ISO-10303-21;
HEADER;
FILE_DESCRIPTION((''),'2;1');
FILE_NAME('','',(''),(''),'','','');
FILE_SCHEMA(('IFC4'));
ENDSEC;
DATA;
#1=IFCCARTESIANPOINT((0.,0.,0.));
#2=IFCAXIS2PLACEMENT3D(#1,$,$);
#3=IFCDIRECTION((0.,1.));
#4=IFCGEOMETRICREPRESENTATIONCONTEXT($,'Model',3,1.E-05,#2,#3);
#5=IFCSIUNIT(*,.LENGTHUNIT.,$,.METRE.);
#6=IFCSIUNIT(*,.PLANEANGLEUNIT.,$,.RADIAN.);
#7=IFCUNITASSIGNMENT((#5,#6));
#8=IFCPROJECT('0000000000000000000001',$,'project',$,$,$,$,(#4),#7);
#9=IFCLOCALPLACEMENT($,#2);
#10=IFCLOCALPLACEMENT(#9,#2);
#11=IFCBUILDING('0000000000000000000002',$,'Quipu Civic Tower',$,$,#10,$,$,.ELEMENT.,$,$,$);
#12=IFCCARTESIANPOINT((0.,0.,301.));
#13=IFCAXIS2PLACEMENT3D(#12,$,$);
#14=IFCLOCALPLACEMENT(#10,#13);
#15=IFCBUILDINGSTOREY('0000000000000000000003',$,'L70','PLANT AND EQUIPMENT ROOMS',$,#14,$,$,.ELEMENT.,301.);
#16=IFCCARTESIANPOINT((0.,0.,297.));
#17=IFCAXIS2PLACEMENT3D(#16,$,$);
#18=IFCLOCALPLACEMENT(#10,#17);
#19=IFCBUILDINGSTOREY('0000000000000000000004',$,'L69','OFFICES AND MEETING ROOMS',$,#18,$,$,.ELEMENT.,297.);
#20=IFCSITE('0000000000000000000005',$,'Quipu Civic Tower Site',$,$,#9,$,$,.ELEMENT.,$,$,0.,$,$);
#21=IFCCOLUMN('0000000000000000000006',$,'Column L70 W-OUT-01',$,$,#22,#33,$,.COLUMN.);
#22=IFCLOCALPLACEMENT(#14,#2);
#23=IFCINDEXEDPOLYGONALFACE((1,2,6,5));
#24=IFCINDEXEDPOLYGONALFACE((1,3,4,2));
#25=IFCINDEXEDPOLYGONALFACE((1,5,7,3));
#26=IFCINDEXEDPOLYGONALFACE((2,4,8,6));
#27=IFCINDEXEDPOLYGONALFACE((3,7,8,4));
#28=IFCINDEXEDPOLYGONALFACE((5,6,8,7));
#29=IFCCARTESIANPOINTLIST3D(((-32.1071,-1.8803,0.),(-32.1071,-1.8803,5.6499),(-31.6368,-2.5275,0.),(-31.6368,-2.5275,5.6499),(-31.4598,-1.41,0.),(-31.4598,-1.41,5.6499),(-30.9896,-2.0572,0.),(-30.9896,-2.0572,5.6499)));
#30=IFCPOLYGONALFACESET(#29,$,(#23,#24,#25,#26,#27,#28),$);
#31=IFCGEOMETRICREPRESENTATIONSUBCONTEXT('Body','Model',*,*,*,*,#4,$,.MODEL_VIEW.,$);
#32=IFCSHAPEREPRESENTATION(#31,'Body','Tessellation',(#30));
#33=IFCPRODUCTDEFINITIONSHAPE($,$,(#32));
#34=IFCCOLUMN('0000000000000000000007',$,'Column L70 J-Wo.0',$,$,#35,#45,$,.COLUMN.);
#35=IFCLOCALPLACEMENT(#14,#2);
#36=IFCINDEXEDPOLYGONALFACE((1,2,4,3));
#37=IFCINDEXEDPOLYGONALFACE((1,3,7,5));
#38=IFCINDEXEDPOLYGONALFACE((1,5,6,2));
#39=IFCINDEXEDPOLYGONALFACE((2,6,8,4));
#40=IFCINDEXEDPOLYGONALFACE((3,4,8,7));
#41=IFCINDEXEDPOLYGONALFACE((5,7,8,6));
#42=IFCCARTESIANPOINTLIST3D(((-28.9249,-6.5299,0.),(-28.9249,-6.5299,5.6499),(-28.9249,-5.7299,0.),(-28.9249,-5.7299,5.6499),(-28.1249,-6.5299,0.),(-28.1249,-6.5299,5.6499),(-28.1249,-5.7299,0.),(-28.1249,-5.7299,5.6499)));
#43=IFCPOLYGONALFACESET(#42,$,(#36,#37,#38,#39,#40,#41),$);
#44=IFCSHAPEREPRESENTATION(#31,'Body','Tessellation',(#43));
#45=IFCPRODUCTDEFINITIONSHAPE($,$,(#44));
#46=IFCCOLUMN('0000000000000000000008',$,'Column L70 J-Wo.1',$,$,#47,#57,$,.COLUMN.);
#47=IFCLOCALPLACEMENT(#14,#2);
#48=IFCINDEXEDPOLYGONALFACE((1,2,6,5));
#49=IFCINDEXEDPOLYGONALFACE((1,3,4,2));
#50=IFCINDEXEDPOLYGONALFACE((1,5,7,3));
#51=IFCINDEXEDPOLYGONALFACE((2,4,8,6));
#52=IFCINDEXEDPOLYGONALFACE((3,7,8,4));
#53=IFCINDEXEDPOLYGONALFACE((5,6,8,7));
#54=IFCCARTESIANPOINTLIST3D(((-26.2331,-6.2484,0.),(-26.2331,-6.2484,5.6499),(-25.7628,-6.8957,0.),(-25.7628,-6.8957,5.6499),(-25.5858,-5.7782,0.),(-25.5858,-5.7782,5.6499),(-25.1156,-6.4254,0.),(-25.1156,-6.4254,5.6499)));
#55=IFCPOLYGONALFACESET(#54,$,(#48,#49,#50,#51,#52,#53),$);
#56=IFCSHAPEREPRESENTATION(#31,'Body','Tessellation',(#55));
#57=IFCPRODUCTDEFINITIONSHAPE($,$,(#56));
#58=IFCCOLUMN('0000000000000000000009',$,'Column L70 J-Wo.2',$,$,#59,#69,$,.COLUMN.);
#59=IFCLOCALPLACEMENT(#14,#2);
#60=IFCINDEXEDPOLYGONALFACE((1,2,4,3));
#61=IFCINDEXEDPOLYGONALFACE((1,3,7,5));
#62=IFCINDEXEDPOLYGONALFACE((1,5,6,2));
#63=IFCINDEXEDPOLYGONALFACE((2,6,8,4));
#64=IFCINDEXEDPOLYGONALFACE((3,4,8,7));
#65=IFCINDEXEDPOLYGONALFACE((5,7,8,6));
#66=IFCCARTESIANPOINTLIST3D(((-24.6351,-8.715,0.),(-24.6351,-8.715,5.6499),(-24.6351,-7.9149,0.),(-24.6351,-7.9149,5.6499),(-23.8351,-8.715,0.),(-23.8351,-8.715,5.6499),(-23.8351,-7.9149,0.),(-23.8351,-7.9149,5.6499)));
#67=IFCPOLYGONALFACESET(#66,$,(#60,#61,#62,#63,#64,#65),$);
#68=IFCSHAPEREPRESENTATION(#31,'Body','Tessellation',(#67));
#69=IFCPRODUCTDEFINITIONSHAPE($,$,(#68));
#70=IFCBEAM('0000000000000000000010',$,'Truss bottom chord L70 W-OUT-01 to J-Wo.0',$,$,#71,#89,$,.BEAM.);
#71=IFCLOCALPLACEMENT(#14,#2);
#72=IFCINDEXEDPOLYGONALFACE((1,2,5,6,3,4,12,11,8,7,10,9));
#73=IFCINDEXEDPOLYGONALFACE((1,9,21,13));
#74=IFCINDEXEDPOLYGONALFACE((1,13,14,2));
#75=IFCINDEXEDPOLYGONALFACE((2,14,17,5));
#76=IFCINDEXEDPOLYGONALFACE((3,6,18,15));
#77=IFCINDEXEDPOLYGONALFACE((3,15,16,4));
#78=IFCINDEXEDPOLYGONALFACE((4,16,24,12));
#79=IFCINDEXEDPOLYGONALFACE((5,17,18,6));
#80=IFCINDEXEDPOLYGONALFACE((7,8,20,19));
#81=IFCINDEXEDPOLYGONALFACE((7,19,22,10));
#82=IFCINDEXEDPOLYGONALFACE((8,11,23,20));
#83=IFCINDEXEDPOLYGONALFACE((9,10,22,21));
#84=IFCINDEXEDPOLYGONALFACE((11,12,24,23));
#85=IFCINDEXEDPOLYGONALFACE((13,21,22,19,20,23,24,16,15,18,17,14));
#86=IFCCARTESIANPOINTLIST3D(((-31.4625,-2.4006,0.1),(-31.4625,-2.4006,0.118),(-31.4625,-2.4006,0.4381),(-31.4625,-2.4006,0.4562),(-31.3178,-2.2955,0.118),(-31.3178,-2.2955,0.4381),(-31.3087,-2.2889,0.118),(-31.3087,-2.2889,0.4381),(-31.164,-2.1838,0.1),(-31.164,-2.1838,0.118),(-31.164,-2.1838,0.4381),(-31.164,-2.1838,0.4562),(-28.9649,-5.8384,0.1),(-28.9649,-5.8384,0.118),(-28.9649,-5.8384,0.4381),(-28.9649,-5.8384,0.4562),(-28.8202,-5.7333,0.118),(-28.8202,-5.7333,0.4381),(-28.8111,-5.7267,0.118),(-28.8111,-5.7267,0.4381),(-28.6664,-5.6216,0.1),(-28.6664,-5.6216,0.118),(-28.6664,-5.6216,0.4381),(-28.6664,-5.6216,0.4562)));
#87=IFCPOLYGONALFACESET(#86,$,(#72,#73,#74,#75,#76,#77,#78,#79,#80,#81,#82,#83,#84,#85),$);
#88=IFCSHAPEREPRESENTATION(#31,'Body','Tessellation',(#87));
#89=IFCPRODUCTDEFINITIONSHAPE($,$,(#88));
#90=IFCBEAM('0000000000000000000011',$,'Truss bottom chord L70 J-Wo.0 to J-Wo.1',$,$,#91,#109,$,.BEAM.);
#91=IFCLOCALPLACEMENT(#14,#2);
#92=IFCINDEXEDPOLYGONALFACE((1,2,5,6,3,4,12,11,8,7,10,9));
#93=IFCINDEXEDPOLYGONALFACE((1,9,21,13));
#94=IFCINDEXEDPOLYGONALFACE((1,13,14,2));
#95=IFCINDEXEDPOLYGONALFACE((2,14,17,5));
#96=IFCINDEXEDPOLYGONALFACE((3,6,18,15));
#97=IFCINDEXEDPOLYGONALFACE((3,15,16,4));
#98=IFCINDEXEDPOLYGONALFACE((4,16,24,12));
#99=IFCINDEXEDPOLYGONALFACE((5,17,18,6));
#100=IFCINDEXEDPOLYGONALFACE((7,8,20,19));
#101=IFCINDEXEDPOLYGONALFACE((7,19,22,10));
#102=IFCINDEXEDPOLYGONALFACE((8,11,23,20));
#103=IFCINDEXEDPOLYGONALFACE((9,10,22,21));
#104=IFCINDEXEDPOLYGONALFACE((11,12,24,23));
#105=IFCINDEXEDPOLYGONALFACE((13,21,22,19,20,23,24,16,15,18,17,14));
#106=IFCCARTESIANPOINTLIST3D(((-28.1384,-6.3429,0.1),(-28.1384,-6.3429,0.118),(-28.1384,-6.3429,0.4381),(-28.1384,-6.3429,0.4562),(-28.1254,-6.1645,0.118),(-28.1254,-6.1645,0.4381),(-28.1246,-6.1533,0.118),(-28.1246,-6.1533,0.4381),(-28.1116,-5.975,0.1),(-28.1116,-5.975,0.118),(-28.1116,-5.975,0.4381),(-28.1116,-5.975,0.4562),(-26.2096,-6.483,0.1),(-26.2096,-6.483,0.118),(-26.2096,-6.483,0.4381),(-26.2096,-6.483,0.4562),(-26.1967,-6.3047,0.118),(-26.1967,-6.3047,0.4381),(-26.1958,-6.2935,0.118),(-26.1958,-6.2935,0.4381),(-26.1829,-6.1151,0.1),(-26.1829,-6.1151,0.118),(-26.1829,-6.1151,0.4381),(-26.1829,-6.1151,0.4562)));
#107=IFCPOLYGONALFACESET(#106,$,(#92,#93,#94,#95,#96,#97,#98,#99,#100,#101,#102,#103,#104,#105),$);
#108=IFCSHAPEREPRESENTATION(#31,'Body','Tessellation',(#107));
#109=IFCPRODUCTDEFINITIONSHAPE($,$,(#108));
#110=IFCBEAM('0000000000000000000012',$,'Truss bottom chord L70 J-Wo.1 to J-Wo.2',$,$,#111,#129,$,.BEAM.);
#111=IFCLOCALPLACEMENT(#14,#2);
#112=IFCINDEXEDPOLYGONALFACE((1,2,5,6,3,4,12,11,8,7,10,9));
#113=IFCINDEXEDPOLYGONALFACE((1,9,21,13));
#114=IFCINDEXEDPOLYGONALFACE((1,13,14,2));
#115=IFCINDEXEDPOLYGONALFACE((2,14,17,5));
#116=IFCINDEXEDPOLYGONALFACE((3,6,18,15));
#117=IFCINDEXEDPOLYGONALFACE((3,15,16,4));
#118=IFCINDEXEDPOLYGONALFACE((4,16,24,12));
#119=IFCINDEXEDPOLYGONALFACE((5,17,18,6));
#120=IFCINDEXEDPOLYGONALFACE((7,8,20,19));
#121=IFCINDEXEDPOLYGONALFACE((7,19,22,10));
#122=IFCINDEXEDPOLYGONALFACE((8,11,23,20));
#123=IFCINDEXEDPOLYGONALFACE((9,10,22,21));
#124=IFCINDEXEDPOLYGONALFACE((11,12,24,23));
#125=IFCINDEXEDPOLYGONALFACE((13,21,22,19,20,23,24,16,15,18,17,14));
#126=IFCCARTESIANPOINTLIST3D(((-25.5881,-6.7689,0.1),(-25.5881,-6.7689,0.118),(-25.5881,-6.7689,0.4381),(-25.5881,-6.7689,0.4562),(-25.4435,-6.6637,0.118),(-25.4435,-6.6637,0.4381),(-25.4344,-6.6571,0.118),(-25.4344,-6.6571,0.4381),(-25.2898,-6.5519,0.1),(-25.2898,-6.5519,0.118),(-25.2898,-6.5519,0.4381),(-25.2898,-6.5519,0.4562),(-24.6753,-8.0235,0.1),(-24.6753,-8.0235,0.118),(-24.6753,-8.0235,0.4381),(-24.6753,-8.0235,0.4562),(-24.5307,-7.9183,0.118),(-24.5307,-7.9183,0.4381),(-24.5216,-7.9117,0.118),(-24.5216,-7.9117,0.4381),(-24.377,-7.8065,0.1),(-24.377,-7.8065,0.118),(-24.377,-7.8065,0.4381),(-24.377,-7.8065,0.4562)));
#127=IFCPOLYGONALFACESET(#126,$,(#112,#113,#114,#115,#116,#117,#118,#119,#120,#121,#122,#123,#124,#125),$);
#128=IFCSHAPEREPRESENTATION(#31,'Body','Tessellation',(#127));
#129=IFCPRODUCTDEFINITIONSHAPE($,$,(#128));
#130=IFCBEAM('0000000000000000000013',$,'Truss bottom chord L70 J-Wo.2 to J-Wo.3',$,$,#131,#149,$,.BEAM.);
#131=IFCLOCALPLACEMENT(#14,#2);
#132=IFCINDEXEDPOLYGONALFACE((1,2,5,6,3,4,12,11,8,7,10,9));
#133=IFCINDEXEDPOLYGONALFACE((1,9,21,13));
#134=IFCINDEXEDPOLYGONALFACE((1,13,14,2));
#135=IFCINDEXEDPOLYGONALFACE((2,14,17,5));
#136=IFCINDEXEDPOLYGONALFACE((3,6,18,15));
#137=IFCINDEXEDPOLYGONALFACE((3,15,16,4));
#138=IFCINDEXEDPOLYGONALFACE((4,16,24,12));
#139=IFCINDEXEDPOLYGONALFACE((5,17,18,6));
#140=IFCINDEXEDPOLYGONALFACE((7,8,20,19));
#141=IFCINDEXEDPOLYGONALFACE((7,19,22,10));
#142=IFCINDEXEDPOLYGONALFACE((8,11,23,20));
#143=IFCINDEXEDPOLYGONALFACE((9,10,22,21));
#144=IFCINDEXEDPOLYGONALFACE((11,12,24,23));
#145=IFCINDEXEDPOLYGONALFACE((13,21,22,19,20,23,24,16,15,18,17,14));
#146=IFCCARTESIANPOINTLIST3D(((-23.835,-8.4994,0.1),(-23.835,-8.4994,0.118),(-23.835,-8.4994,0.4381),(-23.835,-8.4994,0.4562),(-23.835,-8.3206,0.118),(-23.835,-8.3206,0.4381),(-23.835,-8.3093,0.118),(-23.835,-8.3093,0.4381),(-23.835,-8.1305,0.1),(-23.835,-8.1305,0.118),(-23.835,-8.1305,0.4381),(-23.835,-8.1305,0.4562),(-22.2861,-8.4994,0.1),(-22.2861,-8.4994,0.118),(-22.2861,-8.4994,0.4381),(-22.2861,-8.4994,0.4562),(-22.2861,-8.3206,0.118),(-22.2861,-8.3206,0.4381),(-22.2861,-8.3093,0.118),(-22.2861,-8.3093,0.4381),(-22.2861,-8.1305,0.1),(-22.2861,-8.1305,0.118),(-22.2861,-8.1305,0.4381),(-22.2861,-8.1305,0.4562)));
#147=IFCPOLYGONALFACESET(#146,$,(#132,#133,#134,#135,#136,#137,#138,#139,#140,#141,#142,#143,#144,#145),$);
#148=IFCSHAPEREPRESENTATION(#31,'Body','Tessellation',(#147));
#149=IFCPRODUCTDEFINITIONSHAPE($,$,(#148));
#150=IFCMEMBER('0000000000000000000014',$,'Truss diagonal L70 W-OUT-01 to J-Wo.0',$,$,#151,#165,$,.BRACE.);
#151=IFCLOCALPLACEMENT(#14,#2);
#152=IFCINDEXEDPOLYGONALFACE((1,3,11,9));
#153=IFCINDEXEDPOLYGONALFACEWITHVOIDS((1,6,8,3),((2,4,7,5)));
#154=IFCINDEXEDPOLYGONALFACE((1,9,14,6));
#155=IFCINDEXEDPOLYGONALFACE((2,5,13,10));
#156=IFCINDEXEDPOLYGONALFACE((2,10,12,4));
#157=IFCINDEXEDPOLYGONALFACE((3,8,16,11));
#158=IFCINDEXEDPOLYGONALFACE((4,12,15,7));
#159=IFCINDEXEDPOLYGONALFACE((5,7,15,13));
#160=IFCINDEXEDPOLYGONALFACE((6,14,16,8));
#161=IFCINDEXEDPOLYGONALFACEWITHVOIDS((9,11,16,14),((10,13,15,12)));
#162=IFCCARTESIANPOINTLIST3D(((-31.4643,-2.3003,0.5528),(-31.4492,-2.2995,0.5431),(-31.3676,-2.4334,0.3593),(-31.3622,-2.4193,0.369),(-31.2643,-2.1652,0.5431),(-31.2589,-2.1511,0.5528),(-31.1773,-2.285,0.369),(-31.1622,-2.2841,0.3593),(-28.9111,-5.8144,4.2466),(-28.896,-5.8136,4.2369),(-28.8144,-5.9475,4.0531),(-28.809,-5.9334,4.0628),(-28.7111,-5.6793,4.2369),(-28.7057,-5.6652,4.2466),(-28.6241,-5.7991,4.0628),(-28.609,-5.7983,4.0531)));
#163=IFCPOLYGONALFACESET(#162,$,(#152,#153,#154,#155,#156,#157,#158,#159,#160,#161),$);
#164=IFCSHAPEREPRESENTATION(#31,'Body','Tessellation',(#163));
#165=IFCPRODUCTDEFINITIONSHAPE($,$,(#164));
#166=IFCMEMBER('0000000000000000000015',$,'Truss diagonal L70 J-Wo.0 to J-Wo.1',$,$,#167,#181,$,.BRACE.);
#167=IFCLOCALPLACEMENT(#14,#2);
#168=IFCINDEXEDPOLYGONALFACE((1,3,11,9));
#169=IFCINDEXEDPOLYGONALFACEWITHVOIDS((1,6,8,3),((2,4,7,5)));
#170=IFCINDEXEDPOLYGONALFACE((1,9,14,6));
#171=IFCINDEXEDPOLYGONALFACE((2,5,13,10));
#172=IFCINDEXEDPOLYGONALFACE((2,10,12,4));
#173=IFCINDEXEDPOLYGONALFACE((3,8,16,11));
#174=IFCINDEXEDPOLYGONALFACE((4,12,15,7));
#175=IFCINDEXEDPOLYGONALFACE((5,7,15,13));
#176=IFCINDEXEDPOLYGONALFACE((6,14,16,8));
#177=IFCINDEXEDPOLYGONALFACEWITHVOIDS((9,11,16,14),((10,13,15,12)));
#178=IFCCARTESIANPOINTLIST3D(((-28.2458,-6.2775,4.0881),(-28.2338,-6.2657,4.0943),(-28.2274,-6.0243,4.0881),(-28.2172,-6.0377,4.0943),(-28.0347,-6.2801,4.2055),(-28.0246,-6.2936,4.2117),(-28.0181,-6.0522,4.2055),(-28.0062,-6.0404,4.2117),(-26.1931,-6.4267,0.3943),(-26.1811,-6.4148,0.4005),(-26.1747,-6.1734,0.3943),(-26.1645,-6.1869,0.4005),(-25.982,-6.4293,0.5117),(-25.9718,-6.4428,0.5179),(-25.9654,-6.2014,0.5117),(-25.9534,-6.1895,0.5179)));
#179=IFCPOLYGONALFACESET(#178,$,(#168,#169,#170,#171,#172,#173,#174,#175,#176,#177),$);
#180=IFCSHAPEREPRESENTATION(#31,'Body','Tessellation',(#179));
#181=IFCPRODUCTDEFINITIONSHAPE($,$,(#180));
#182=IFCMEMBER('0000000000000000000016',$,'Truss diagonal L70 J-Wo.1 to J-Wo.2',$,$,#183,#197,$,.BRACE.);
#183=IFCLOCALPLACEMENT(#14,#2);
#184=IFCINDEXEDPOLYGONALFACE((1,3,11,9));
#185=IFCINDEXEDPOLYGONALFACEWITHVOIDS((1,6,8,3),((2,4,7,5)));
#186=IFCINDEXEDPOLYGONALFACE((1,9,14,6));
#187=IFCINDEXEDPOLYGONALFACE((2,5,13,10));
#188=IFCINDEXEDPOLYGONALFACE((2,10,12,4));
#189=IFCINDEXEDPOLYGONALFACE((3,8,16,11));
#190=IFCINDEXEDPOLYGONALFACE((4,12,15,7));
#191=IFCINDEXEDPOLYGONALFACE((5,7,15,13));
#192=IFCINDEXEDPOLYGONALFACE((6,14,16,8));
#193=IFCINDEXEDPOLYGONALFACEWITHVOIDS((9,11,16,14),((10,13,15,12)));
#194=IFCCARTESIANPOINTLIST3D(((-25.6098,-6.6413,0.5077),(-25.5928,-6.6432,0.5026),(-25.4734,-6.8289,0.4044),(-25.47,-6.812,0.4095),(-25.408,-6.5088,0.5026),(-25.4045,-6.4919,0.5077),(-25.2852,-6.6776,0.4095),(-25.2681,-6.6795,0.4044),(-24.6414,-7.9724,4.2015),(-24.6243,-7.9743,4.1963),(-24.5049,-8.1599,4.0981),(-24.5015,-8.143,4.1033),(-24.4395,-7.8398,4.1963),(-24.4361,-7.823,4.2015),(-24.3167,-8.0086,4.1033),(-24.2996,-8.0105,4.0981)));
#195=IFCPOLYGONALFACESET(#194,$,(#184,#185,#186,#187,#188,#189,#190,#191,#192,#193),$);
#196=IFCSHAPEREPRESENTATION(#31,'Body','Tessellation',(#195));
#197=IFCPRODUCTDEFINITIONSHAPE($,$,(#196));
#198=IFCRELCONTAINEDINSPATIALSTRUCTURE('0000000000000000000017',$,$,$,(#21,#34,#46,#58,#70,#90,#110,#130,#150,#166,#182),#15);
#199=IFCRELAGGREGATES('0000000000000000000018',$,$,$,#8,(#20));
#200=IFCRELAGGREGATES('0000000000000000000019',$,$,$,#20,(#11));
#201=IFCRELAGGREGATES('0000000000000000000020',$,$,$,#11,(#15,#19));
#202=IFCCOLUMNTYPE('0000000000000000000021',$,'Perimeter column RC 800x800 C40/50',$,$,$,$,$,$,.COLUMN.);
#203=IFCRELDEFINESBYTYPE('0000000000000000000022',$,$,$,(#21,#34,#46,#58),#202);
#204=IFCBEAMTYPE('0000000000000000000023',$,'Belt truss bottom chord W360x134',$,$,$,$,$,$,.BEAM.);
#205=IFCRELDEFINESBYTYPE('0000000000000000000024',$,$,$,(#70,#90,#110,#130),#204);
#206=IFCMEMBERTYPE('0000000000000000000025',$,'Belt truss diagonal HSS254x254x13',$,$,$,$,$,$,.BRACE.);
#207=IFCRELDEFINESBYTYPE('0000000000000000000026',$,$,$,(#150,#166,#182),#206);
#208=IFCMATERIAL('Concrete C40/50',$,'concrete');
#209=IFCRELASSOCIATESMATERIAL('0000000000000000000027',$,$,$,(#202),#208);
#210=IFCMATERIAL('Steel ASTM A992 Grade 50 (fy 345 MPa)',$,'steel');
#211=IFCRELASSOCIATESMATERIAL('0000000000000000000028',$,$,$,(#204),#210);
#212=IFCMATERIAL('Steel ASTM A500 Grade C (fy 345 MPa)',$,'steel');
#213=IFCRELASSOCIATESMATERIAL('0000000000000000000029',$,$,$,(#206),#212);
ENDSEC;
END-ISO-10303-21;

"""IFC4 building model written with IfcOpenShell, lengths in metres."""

from ifc_helpers import new_model, si_unit, direction, frame, origin, origin_2d, place, context, subcontext, project, spatial, rectangle, hollow_rectangle, i_section, extrude, material, material_profile, profile_set, type_object, element, save


model = new_model("IFC4")

# Units and contexts
model_context = context("Model", 3, precision=1e-05, world=origin(), true_north=direction((0.0, 1.0)))
body_context = subcontext(model_context, "Body", "Model", "MODEL_VIEW")
ifc_project = project(units=[si_unit("LENGTHUNIT", "METRE"), si_unit("PLANEANGLEUNIT", "RADIAN")], contexts=[model_context])

# Site, building, storey
site_placement = place(None, origin())
site = spatial("IfcSite", under=ifc_project, at=site_placement, Name="Quipu Civic Tower Site", CompositionType="ELEMENT", RefElevation=0.0)
building_placement = place(site_placement, origin())
building = spatial("IfcBuilding", under=site, at=building_placement, Name="Quipu Civic Tower", CompositionType="ELEMENT")
storey_1_placement = place(building_placement, frame((0.0, 0.0, 301.0)))
storey_1 = spatial("IfcBuildingStorey", under=building, at=storey_1_placement, Name="L70", Description="PLANT AND EQUIPMENT ROOMS", CompositionType="ELEMENT", Elevation=301.0)

# Columns
ifc_material_1 = material(Name="Concrete C40/50", Category="concrete")
ifc_material_profile_1 = material_profile(ifc_material_1, rectangle(XDim=0.8, YDim=0.8, at=origin_2d()), Name="RC800x800")
ifc_profile_set_1 = profile_set([ifc_material_profile_1], Name="Concrete C40/50")
column_type = type_object("IfcColumnType", Name="Perimeter column RC 800x800 C40/50", PredefinedType="COLUMN", material=ifc_profile_set_1)
for number, where, z_axis, x_axis, name in (
    (1, (-31.5483, -1.9688, 0.0), (0.0, 0.0, 1.0), (0.587785, -0.809017, 0.0), "Column L70 W-OUT-01"),
    (2, (-28.5249, -6.1299, 0.0), (0.0, 0.0, 1.0), (1.0, 0.0, 0.0), "Column L70 J-Wo.0"),
    (3, (-25.6743, -6.3369, 0.0), (0.0, 0.0, 1.0), (0.587785, -0.809017, 0.0), "Column L70 J-Wo.1"),
    (4, (-24.2351, -8.3149, 0.0), (0.0, 0.0, 1.0), (1.0, 0.0, 0.0), "Column L70 J-Wo.2"),
):
    element("IfcColumn", number, at=place(storey_1_placement, frame(where, z_axis=z_axis, x_axis=x_axis)), inside=storey_1, type_object=column_type, Name=name, PredefinedType="COLUMN", context=body_context, shape_type="SweptSolid", body=[
        extrude(rectangle(XDim=0.8, YDim=0.8, at=origin_2d()), origin(), (0.0, 0.0, 1.0), 5.6499),
    ])

# Beams
ifc_material_2 = material(Name="Steel ASTM A992 Grade 50 (fy 345 MPa)", Category="steel")
ifc_material_profile_2 = material_profile(ifc_material_2, i_section(OverallWidth=0.3689, OverallDepth=0.3562, WebThickness=0.0112, FlangeThickness=0.0181, at=origin_2d()), Name="W360x134")
ifc_profile_set_2 = profile_set([ifc_material_profile_2], Name="Steel ASTM A992 Grade 50 (fy 345 MPa)")
beam_type_1 = type_object("IfcBeamType", Name="Belt truss bottom chord W360x134", PredefinedType="BEAM", material=ifc_profile_set_2)
beam_1_placement = place(storey_1_placement, frame((-31.3132, -2.2922, 0.2781), z_axis=(0.587769, -0.809029, 0.0), x_axis=(0.809029, 0.587769, 0.0)))
element("IfcBeam", 5, at=beam_1_placement, inside=storey_1, type_object=beam_type_1, Name="Truss bottom chord L70 W-OUT-01 to J-Wo.0", PredefinedType="BEAM", context=body_context, shape_type="SweptSolid", body=[
    extrude(i_section(OverallWidth=0.3689, OverallDepth=0.3562, WebThickness=0.0112, FlangeThickness=0.0181, at=origin_2d()), origin(), (0.0, 0.0, 1.0), 4.2493),
])
beam_2_placement = place(storey_1_placement, frame((-28.125, -6.1589, 0.2781), z_axis=(0.997371, -0.072467, 0.0), x_axis=(0.072467, 0.997371, 0.0)))
element("IfcBeam", 6, at=beam_2_placement, inside=storey_1, type_object=beam_type_1, Name="Truss bottom chord L70 J-Wo.0 to J-Wo.1", PredefinedType="BEAM", context=body_context, shape_type="SweptSolid", body=[
    extrude(i_section(OverallWidth=0.3689, OverallDepth=0.3562, WebThickness=0.0112, FlangeThickness=0.0181, at=origin_2d()), origin(), (0.0, 0.0, 1.0), 1.9338),
])
beam_3_placement = place(storey_1_placement, frame((-25.439, -6.6604, 0.2781), z_axis=(0.588331, -0.80862, 0.0), x_axis=(0.80862, 0.588331, 0.0)))
element("IfcBeam", 7, at=beam_3_placement, inside=storey_1, type_object=beam_type_1, Name="Truss bottom chord L70 J-Wo.1 to J-Wo.2", PredefinedType="BEAM", context=body_context, shape_type="SweptSolid", body=[
    extrude(i_section(OverallWidth=0.3689, OverallDepth=0.3562, WebThickness=0.0112, FlangeThickness=0.0181, at=origin_2d()), origin(), (0.0, 0.0, 1.0), 1.5515),
])
beam_4_placement = place(storey_1_placement, frame((-23.835, -8.3149, 0.2781), z_axis=(1.0, 0.0, 0.0), x_axis=(0.0, 1.0, 0.0)))
element("IfcBeam", 8, at=beam_4_placement, inside=storey_1, type_object=beam_type_1, Name="Truss bottom chord L70 J-Wo.2 to J-Wo.3", PredefinedType="BEAM", context=body_context, shape_type="SweptSolid", body=[
    extrude(i_section(OverallWidth=0.3689, OverallDepth=0.3562, WebThickness=0.0112, FlangeThickness=0.0181, at=origin_2d()), origin(), (0.0, 0.0, 1.0), 1.5488),
])

# Members
ifc_material_3 = material(Name="Steel ASTM A500 Grade C (fy 345 MPa)", Category="steel")
ifc_material_profile_3 = material_profile(ifc_material_3, hollow_rectangle(XDim=0.2539, YDim=0.2539, WallThickness=0.0127, at=origin_2d()), Name="HSS254x254x13")
ifc_profile_set_3 = profile_set([ifc_material_profile_3], Name="Steel ASTM A500 Grade C (fy 345 MPa)")
member_type_1 = type_object("IfcMemberType", Name="Belt truss diagonal HSS254x254x13", PredefinedType="BRACE", material=ifc_profile_set_3)
member_1_placement = place(storey_1_placement, frame((-31.3132, -2.2922, 0.4561), z_axis=(0.447777, -0.616303, 0.647816), x_axis=(0.809013, 0.587791, 0.0)))
element("IfcMember", 9, at=member_1_placement, inside=storey_1, type_object=member_type_1, Name="Truss diagonal L70 W-OUT-01 to J-Wo.0", PredefinedType="BRACE", context=body_context, shape_type="SweptSolid", body=[
    extrude(hollow_rectangle(XDim=0.2539, YDim=0.2539, WallThickness=0.0127, at=origin_2d()), origin(), (0.0, 0.0, 1.0), 5.7019),
])
member_2_placement = place(storey_1_placement, frame((-28.126, -6.1589, 4.1499), z_axis=(0.485448, -0.035277, -0.873553), x_axis=(0.072478, 0.99737, 0.0)))
element("IfcMember", 10, at=member_2_placement, inside=storey_1, type_object=member_type_1, Name="Truss diagonal L70 J-Wo.0 to J-Wo.1", PredefinedType="BRACE", context=body_context, shape_type="SweptSolid", body=[
    extrude(hollow_rectangle(XDim=0.2539, YDim=0.2539, WallThickness=0.0127, at=origin_2d()), origin(), (0.0, 0.0, 1.0), 4.2285),
])
member_3_placement = place(storey_1_placement, frame((-25.439, -6.6604, 0.4561), z_axis=(0.23949, -0.32914, 0.913406), x_axis=(0.808601, 0.588357, 0.0)))
element("IfcMember", 11, at=member_3_placement, inside=storey_1, type_object=member_type_1, Name="Truss diagonal L70 J-Wo.1 to J-Wo.2", PredefinedType="BRACE", context=body_context, shape_type="SweptSolid", body=[
    extrude(hollow_rectangle(XDim=0.2539, YDim=0.2539, WallThickness=0.0127, at=origin_2d()), origin(), (0.0, 0.0, 1.0), 4.0439),
])

# Shared definitions
storey_2_placement = place(building_placement, frame((0.0, 0.0, 297.0)))
storey_2 = spatial("IfcBuildingStorey", under=building, at=storey_2_placement, Name="L69", Description="OFFICES AND MEETING ROOMS", CompositionType="ELEMENT", Elevation=297.0)

save(model, "model.ifc")
